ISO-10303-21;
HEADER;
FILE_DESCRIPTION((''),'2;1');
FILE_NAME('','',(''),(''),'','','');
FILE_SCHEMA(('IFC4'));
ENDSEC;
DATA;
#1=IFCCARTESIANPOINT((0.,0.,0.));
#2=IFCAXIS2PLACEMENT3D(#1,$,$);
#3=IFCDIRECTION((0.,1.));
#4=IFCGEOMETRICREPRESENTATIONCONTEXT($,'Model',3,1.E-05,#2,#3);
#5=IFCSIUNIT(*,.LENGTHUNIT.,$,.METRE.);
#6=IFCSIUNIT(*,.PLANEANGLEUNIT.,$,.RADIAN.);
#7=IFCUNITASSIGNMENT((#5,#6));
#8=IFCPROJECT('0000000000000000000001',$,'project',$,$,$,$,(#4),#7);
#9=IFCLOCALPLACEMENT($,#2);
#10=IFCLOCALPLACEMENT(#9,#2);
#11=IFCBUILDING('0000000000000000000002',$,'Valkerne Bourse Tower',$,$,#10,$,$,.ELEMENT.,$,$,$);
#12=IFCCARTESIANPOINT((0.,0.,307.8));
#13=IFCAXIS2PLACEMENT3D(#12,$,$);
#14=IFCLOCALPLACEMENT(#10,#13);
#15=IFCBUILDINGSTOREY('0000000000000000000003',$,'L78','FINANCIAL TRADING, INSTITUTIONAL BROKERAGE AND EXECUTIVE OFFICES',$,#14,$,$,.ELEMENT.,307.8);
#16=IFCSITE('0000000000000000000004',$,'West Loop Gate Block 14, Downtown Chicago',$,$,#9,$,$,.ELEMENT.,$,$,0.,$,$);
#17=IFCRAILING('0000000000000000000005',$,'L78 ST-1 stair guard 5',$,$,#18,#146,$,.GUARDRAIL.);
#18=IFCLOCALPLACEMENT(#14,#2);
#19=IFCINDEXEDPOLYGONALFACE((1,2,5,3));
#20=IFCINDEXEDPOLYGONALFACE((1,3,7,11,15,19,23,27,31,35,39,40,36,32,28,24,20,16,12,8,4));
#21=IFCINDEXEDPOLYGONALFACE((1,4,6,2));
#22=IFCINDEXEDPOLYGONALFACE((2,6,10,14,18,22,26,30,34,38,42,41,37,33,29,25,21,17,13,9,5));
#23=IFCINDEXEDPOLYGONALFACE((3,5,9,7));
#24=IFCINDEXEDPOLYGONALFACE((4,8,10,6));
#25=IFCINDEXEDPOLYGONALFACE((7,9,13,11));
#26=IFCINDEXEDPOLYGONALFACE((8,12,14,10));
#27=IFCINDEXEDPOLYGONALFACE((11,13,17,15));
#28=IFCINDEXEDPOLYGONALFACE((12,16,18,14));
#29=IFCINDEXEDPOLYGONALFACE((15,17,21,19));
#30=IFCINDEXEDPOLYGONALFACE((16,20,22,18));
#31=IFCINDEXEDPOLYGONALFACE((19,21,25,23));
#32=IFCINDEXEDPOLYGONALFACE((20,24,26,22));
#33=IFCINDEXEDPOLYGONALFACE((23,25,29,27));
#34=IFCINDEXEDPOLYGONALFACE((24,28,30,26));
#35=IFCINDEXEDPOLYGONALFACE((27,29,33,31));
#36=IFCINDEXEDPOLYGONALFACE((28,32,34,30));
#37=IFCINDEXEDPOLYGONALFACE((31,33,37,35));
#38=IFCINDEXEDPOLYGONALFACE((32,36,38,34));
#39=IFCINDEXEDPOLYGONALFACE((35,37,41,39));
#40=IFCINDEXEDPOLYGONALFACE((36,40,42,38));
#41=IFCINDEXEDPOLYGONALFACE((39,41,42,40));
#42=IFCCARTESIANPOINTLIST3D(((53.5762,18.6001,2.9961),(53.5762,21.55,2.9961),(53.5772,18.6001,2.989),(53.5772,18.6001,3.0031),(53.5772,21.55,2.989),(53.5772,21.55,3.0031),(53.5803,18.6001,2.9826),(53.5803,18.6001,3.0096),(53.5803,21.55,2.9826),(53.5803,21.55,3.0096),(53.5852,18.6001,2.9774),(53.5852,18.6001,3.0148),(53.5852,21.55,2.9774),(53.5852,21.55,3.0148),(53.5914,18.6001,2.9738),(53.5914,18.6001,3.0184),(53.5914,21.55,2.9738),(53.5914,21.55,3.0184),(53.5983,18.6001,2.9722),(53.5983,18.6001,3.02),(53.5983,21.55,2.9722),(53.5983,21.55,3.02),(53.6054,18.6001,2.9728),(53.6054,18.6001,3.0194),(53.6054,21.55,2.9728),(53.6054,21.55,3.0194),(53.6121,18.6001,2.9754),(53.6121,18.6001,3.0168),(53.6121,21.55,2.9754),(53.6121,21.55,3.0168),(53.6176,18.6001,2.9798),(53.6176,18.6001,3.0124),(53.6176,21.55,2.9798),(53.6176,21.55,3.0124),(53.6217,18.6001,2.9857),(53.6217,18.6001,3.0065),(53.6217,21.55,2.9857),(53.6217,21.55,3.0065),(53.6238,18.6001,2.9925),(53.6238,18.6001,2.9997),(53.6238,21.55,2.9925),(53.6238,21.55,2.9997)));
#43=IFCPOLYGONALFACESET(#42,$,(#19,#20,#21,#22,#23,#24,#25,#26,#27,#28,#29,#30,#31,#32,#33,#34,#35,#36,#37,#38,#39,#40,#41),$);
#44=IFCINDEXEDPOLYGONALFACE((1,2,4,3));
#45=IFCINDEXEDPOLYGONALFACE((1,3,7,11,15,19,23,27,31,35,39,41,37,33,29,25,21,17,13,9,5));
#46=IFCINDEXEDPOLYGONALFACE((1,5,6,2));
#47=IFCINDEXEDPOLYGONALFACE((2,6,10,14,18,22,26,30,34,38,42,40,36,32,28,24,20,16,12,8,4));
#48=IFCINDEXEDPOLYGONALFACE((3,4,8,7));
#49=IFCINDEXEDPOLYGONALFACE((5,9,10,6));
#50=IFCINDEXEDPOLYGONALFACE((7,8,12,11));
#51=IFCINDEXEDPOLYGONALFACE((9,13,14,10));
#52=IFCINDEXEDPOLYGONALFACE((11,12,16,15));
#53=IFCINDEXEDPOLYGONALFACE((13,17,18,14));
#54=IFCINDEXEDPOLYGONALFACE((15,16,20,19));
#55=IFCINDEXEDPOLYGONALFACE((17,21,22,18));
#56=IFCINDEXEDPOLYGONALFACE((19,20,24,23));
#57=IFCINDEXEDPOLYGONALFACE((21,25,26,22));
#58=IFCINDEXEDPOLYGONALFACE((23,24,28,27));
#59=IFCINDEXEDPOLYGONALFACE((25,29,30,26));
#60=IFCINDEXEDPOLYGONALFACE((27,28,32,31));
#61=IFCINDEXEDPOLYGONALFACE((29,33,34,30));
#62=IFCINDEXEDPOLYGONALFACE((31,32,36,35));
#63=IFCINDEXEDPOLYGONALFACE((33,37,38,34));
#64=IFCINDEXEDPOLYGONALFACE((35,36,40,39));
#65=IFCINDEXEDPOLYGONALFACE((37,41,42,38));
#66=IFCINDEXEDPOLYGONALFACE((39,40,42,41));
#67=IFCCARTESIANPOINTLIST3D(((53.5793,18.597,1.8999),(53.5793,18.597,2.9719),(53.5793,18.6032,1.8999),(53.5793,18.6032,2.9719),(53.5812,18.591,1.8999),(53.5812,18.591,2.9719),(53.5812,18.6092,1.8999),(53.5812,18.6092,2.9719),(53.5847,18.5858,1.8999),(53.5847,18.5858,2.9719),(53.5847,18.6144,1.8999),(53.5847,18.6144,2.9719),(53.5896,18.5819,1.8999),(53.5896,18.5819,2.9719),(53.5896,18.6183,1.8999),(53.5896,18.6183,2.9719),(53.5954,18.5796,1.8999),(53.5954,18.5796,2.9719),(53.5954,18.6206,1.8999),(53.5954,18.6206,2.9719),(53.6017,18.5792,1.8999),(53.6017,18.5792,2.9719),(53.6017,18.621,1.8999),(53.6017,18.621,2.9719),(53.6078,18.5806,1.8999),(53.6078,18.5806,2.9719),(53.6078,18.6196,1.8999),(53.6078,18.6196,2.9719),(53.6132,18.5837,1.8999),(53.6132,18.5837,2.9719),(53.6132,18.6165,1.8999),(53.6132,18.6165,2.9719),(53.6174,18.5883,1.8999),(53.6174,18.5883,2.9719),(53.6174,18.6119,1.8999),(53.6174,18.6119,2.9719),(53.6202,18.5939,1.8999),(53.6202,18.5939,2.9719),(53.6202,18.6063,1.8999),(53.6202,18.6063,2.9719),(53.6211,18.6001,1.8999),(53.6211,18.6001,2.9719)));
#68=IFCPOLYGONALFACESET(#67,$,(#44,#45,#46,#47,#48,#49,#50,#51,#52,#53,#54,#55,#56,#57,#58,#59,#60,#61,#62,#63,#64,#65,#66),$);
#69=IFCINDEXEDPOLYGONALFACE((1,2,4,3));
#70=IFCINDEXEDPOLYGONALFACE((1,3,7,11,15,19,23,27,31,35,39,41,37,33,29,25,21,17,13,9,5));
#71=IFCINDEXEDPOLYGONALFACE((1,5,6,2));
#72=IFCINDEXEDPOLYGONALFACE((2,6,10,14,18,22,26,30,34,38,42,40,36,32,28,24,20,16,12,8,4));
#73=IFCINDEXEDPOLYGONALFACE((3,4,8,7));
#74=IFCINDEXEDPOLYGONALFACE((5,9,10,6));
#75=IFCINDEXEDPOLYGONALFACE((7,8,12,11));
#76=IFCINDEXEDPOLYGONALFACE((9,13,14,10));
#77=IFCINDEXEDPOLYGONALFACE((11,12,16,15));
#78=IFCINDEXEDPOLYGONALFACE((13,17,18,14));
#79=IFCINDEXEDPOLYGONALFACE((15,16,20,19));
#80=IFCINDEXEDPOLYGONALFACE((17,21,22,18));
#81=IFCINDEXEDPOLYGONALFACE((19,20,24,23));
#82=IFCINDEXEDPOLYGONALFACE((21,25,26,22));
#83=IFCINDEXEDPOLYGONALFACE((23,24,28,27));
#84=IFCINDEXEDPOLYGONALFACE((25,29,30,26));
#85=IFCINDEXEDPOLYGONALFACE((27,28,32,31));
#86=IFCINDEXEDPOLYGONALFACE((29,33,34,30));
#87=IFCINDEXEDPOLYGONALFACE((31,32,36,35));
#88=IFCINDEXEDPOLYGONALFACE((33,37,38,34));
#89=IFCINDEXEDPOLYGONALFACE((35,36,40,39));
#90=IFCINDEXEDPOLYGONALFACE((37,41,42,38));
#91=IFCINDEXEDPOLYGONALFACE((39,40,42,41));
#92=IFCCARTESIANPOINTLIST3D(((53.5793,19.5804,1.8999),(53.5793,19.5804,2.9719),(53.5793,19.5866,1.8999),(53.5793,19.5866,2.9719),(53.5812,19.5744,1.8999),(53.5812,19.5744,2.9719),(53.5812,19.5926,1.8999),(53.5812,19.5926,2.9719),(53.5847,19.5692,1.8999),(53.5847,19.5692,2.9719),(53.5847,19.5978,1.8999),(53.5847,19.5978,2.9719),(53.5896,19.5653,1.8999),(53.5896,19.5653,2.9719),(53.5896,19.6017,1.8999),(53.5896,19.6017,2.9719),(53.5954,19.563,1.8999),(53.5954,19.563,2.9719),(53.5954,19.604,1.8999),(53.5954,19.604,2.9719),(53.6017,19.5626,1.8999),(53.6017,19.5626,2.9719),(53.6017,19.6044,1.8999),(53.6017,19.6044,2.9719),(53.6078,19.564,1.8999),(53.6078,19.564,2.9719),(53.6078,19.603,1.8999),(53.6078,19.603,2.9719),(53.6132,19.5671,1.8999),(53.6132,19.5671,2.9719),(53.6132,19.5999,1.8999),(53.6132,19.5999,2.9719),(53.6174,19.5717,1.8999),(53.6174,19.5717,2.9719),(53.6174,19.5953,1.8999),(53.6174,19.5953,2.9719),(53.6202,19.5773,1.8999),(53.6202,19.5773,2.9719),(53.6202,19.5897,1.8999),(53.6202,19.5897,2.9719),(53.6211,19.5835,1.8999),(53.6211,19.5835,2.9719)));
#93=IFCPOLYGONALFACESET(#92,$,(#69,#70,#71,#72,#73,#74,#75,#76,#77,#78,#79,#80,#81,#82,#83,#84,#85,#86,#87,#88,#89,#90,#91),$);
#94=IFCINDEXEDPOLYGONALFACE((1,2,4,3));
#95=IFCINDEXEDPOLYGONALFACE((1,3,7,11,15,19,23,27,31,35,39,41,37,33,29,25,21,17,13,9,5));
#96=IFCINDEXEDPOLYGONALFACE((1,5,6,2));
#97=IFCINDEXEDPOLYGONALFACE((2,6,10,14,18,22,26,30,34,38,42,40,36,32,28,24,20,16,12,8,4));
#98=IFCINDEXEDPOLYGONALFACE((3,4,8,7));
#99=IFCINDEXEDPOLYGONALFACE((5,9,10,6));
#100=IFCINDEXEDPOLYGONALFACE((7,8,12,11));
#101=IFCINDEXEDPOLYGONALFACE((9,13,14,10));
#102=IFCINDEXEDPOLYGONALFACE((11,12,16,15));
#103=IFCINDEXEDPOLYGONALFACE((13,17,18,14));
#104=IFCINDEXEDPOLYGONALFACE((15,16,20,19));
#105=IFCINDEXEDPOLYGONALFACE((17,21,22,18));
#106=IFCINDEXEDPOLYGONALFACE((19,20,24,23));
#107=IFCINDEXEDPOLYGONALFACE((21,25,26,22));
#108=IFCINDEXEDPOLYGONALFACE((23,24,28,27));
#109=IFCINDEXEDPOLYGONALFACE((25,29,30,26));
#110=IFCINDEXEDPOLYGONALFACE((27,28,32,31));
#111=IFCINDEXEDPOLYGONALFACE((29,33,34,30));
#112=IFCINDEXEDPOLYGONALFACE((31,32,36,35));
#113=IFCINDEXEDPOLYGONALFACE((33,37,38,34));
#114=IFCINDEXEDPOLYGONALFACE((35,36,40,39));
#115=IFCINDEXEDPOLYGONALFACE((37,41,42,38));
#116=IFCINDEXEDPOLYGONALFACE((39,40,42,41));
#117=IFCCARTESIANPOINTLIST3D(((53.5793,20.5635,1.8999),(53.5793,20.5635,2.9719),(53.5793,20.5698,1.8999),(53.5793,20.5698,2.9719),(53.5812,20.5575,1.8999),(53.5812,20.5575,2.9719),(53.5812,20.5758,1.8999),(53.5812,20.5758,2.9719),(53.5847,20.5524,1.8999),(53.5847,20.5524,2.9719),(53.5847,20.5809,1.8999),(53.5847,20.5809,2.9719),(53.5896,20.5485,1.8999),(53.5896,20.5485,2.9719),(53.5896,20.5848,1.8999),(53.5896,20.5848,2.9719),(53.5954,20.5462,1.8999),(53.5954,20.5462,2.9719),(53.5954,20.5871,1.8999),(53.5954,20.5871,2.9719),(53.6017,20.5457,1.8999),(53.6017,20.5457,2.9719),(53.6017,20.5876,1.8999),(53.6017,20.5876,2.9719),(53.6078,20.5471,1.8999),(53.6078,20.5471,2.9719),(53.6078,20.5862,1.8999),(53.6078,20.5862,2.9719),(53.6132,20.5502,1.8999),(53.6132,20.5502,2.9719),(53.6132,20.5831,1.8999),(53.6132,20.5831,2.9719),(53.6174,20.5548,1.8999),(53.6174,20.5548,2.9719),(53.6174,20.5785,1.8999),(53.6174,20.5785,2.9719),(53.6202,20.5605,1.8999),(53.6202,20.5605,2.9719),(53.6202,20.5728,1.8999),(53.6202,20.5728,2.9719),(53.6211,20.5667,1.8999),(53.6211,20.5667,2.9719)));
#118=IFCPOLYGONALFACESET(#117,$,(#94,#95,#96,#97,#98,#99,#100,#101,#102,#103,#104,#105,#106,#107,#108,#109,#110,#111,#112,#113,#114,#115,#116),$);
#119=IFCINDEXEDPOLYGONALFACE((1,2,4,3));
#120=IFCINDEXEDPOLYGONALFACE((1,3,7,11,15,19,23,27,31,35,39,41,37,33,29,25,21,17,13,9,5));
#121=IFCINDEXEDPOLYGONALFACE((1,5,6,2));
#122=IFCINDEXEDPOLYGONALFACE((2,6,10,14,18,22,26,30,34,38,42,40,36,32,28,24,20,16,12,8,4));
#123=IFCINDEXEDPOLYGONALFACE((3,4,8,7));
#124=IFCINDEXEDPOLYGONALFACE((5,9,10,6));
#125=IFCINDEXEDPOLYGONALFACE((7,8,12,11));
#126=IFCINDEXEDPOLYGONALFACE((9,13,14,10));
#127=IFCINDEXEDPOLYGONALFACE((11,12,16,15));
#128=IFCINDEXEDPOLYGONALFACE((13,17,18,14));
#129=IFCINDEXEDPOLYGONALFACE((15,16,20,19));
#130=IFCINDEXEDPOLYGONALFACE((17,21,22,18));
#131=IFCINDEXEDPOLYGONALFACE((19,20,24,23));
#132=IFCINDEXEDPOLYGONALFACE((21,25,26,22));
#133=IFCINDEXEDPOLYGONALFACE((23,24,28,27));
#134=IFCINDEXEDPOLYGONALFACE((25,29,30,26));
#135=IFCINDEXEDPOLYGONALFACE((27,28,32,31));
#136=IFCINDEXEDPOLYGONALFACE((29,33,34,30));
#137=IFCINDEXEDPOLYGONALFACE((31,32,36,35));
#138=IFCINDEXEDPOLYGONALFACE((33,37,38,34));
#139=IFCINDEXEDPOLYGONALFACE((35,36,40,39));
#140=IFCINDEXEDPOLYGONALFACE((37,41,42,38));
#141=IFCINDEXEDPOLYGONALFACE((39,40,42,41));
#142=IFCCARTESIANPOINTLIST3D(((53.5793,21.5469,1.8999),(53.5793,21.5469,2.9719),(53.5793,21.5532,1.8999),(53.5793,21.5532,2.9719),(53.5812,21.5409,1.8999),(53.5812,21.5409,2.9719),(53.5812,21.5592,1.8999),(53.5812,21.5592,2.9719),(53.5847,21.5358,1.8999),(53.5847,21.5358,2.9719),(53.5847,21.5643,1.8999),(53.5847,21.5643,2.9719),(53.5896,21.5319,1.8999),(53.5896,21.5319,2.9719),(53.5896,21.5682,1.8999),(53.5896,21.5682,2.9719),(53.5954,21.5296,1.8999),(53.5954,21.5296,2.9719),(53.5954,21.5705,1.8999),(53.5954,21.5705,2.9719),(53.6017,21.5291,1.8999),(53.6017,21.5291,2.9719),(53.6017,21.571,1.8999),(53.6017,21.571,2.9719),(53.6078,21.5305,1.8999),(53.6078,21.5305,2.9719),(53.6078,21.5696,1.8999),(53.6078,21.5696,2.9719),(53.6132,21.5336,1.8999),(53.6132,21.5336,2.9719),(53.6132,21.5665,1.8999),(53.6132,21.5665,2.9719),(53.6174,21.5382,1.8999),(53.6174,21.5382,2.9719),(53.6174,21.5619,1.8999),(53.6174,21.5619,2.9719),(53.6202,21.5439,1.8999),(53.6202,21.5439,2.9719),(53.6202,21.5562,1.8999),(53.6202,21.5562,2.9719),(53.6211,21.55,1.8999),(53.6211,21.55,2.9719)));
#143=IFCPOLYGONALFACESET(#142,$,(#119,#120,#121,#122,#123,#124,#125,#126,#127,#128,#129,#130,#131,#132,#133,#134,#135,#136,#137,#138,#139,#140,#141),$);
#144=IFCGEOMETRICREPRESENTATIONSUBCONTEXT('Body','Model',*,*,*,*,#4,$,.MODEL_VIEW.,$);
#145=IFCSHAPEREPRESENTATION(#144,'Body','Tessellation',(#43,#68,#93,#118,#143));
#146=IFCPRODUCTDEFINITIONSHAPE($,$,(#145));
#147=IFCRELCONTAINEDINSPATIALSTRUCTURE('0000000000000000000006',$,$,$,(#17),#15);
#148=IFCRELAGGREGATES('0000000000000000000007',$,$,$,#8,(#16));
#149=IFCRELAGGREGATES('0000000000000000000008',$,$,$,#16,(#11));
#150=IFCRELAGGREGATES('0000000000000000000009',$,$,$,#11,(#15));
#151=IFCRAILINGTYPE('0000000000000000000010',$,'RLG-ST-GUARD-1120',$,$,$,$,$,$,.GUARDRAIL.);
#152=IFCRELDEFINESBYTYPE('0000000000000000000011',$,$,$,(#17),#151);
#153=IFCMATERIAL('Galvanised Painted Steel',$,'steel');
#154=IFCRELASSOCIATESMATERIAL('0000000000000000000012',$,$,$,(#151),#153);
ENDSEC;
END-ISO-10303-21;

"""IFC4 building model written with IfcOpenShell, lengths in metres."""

from ifc_helpers import new_model, si_unit, direction, frame, origin, origin_2d, place, context, subcontext, project, spatial, circle, extrude, material, type_object, element, save


model = new_model("IFC4")

# Units and contexts
model_context = context("Model", 3, precision=1e-05, world=origin(), true_north=direction((0.0, 1.0)))
body_context = subcontext(model_context, "Body", "Model", "MODEL_VIEW")
ifc_project = project(units=[si_unit("LENGTHUNIT", "METRE"), si_unit("PLANEANGLEUNIT", "RADIAN")], contexts=[model_context])

# Site, building, storey
site_placement = place(None, origin())
site = spatial("IfcSite", under=ifc_project, at=site_placement, Name="West Loop Gate Block 14, Downtown Chicago", CompositionType="ELEMENT", RefElevation=0.0)
building_placement = place(site_placement, origin())
building = spatial("IfcBuilding", under=site, at=building_placement, Name="Valkerne Bourse Tower", CompositionType="ELEMENT")
storey_placement = place(building_placement, frame((0.0, 0.0, 307.8)))
storey = spatial("IfcBuildingStorey", under=building, at=storey_placement, Name="L78", Description="FINANCIAL TRADING, INSTITUTIONAL BROKERAGE AND EXECUTIVE OFFICES", CompositionType="ELEMENT", Elevation=307.8)

# Railing
ifc_material_1 = material(Name="Galvanised Painted Steel", Category="steel")
railing_type_1 = type_object("IfcRailingType", Name="RLG-ST-GUARD-1120", PredefinedType="GUARDRAIL", material=ifc_material_1)
railing_1_placement = place(storey_placement, frame((53.6001, 18.6001, 1.8999)))
element("IfcRailing", 1, at=railing_1_placement, inside=storey, type_object=railing_type_1, Name="L78 ST-1 stair guard 5", PredefinedType="GUARDRAIL", context=body_context, shape_type="SweptSolid", body=[
    extrude(circle(Radius=0.0239, at=origin_2d()), frame((0.0, 0.0, 1.0962), z_axis=(0.0, 1.0, 0.0), x_axis=(-1.0, 0.0, 0.0)), (0.0, 0.0, 1.0), 2.95),
    extrude(circle(Radius=0.021, at=origin_2d()), origin(), (0.0, 0.0, 1.0), 1.072),
    extrude(circle(Radius=0.021, at=origin_2d()), frame((0.0, 0.9834, 0.0)), (0.0, 0.0, 1.0), 1.072),
    extrude(circle(Radius=0.021, at=origin_2d()), frame((0.0, 1.9666, 0.0)), (0.0, 0.0, 1.0), 1.072),
    extrude(circle(Radius=0.021, at=origin_2d()), frame((0.0, 2.95, 0.0)), (0.0, 0.0, 1.0), 1.072),
])

save(model, "model.ifc")
